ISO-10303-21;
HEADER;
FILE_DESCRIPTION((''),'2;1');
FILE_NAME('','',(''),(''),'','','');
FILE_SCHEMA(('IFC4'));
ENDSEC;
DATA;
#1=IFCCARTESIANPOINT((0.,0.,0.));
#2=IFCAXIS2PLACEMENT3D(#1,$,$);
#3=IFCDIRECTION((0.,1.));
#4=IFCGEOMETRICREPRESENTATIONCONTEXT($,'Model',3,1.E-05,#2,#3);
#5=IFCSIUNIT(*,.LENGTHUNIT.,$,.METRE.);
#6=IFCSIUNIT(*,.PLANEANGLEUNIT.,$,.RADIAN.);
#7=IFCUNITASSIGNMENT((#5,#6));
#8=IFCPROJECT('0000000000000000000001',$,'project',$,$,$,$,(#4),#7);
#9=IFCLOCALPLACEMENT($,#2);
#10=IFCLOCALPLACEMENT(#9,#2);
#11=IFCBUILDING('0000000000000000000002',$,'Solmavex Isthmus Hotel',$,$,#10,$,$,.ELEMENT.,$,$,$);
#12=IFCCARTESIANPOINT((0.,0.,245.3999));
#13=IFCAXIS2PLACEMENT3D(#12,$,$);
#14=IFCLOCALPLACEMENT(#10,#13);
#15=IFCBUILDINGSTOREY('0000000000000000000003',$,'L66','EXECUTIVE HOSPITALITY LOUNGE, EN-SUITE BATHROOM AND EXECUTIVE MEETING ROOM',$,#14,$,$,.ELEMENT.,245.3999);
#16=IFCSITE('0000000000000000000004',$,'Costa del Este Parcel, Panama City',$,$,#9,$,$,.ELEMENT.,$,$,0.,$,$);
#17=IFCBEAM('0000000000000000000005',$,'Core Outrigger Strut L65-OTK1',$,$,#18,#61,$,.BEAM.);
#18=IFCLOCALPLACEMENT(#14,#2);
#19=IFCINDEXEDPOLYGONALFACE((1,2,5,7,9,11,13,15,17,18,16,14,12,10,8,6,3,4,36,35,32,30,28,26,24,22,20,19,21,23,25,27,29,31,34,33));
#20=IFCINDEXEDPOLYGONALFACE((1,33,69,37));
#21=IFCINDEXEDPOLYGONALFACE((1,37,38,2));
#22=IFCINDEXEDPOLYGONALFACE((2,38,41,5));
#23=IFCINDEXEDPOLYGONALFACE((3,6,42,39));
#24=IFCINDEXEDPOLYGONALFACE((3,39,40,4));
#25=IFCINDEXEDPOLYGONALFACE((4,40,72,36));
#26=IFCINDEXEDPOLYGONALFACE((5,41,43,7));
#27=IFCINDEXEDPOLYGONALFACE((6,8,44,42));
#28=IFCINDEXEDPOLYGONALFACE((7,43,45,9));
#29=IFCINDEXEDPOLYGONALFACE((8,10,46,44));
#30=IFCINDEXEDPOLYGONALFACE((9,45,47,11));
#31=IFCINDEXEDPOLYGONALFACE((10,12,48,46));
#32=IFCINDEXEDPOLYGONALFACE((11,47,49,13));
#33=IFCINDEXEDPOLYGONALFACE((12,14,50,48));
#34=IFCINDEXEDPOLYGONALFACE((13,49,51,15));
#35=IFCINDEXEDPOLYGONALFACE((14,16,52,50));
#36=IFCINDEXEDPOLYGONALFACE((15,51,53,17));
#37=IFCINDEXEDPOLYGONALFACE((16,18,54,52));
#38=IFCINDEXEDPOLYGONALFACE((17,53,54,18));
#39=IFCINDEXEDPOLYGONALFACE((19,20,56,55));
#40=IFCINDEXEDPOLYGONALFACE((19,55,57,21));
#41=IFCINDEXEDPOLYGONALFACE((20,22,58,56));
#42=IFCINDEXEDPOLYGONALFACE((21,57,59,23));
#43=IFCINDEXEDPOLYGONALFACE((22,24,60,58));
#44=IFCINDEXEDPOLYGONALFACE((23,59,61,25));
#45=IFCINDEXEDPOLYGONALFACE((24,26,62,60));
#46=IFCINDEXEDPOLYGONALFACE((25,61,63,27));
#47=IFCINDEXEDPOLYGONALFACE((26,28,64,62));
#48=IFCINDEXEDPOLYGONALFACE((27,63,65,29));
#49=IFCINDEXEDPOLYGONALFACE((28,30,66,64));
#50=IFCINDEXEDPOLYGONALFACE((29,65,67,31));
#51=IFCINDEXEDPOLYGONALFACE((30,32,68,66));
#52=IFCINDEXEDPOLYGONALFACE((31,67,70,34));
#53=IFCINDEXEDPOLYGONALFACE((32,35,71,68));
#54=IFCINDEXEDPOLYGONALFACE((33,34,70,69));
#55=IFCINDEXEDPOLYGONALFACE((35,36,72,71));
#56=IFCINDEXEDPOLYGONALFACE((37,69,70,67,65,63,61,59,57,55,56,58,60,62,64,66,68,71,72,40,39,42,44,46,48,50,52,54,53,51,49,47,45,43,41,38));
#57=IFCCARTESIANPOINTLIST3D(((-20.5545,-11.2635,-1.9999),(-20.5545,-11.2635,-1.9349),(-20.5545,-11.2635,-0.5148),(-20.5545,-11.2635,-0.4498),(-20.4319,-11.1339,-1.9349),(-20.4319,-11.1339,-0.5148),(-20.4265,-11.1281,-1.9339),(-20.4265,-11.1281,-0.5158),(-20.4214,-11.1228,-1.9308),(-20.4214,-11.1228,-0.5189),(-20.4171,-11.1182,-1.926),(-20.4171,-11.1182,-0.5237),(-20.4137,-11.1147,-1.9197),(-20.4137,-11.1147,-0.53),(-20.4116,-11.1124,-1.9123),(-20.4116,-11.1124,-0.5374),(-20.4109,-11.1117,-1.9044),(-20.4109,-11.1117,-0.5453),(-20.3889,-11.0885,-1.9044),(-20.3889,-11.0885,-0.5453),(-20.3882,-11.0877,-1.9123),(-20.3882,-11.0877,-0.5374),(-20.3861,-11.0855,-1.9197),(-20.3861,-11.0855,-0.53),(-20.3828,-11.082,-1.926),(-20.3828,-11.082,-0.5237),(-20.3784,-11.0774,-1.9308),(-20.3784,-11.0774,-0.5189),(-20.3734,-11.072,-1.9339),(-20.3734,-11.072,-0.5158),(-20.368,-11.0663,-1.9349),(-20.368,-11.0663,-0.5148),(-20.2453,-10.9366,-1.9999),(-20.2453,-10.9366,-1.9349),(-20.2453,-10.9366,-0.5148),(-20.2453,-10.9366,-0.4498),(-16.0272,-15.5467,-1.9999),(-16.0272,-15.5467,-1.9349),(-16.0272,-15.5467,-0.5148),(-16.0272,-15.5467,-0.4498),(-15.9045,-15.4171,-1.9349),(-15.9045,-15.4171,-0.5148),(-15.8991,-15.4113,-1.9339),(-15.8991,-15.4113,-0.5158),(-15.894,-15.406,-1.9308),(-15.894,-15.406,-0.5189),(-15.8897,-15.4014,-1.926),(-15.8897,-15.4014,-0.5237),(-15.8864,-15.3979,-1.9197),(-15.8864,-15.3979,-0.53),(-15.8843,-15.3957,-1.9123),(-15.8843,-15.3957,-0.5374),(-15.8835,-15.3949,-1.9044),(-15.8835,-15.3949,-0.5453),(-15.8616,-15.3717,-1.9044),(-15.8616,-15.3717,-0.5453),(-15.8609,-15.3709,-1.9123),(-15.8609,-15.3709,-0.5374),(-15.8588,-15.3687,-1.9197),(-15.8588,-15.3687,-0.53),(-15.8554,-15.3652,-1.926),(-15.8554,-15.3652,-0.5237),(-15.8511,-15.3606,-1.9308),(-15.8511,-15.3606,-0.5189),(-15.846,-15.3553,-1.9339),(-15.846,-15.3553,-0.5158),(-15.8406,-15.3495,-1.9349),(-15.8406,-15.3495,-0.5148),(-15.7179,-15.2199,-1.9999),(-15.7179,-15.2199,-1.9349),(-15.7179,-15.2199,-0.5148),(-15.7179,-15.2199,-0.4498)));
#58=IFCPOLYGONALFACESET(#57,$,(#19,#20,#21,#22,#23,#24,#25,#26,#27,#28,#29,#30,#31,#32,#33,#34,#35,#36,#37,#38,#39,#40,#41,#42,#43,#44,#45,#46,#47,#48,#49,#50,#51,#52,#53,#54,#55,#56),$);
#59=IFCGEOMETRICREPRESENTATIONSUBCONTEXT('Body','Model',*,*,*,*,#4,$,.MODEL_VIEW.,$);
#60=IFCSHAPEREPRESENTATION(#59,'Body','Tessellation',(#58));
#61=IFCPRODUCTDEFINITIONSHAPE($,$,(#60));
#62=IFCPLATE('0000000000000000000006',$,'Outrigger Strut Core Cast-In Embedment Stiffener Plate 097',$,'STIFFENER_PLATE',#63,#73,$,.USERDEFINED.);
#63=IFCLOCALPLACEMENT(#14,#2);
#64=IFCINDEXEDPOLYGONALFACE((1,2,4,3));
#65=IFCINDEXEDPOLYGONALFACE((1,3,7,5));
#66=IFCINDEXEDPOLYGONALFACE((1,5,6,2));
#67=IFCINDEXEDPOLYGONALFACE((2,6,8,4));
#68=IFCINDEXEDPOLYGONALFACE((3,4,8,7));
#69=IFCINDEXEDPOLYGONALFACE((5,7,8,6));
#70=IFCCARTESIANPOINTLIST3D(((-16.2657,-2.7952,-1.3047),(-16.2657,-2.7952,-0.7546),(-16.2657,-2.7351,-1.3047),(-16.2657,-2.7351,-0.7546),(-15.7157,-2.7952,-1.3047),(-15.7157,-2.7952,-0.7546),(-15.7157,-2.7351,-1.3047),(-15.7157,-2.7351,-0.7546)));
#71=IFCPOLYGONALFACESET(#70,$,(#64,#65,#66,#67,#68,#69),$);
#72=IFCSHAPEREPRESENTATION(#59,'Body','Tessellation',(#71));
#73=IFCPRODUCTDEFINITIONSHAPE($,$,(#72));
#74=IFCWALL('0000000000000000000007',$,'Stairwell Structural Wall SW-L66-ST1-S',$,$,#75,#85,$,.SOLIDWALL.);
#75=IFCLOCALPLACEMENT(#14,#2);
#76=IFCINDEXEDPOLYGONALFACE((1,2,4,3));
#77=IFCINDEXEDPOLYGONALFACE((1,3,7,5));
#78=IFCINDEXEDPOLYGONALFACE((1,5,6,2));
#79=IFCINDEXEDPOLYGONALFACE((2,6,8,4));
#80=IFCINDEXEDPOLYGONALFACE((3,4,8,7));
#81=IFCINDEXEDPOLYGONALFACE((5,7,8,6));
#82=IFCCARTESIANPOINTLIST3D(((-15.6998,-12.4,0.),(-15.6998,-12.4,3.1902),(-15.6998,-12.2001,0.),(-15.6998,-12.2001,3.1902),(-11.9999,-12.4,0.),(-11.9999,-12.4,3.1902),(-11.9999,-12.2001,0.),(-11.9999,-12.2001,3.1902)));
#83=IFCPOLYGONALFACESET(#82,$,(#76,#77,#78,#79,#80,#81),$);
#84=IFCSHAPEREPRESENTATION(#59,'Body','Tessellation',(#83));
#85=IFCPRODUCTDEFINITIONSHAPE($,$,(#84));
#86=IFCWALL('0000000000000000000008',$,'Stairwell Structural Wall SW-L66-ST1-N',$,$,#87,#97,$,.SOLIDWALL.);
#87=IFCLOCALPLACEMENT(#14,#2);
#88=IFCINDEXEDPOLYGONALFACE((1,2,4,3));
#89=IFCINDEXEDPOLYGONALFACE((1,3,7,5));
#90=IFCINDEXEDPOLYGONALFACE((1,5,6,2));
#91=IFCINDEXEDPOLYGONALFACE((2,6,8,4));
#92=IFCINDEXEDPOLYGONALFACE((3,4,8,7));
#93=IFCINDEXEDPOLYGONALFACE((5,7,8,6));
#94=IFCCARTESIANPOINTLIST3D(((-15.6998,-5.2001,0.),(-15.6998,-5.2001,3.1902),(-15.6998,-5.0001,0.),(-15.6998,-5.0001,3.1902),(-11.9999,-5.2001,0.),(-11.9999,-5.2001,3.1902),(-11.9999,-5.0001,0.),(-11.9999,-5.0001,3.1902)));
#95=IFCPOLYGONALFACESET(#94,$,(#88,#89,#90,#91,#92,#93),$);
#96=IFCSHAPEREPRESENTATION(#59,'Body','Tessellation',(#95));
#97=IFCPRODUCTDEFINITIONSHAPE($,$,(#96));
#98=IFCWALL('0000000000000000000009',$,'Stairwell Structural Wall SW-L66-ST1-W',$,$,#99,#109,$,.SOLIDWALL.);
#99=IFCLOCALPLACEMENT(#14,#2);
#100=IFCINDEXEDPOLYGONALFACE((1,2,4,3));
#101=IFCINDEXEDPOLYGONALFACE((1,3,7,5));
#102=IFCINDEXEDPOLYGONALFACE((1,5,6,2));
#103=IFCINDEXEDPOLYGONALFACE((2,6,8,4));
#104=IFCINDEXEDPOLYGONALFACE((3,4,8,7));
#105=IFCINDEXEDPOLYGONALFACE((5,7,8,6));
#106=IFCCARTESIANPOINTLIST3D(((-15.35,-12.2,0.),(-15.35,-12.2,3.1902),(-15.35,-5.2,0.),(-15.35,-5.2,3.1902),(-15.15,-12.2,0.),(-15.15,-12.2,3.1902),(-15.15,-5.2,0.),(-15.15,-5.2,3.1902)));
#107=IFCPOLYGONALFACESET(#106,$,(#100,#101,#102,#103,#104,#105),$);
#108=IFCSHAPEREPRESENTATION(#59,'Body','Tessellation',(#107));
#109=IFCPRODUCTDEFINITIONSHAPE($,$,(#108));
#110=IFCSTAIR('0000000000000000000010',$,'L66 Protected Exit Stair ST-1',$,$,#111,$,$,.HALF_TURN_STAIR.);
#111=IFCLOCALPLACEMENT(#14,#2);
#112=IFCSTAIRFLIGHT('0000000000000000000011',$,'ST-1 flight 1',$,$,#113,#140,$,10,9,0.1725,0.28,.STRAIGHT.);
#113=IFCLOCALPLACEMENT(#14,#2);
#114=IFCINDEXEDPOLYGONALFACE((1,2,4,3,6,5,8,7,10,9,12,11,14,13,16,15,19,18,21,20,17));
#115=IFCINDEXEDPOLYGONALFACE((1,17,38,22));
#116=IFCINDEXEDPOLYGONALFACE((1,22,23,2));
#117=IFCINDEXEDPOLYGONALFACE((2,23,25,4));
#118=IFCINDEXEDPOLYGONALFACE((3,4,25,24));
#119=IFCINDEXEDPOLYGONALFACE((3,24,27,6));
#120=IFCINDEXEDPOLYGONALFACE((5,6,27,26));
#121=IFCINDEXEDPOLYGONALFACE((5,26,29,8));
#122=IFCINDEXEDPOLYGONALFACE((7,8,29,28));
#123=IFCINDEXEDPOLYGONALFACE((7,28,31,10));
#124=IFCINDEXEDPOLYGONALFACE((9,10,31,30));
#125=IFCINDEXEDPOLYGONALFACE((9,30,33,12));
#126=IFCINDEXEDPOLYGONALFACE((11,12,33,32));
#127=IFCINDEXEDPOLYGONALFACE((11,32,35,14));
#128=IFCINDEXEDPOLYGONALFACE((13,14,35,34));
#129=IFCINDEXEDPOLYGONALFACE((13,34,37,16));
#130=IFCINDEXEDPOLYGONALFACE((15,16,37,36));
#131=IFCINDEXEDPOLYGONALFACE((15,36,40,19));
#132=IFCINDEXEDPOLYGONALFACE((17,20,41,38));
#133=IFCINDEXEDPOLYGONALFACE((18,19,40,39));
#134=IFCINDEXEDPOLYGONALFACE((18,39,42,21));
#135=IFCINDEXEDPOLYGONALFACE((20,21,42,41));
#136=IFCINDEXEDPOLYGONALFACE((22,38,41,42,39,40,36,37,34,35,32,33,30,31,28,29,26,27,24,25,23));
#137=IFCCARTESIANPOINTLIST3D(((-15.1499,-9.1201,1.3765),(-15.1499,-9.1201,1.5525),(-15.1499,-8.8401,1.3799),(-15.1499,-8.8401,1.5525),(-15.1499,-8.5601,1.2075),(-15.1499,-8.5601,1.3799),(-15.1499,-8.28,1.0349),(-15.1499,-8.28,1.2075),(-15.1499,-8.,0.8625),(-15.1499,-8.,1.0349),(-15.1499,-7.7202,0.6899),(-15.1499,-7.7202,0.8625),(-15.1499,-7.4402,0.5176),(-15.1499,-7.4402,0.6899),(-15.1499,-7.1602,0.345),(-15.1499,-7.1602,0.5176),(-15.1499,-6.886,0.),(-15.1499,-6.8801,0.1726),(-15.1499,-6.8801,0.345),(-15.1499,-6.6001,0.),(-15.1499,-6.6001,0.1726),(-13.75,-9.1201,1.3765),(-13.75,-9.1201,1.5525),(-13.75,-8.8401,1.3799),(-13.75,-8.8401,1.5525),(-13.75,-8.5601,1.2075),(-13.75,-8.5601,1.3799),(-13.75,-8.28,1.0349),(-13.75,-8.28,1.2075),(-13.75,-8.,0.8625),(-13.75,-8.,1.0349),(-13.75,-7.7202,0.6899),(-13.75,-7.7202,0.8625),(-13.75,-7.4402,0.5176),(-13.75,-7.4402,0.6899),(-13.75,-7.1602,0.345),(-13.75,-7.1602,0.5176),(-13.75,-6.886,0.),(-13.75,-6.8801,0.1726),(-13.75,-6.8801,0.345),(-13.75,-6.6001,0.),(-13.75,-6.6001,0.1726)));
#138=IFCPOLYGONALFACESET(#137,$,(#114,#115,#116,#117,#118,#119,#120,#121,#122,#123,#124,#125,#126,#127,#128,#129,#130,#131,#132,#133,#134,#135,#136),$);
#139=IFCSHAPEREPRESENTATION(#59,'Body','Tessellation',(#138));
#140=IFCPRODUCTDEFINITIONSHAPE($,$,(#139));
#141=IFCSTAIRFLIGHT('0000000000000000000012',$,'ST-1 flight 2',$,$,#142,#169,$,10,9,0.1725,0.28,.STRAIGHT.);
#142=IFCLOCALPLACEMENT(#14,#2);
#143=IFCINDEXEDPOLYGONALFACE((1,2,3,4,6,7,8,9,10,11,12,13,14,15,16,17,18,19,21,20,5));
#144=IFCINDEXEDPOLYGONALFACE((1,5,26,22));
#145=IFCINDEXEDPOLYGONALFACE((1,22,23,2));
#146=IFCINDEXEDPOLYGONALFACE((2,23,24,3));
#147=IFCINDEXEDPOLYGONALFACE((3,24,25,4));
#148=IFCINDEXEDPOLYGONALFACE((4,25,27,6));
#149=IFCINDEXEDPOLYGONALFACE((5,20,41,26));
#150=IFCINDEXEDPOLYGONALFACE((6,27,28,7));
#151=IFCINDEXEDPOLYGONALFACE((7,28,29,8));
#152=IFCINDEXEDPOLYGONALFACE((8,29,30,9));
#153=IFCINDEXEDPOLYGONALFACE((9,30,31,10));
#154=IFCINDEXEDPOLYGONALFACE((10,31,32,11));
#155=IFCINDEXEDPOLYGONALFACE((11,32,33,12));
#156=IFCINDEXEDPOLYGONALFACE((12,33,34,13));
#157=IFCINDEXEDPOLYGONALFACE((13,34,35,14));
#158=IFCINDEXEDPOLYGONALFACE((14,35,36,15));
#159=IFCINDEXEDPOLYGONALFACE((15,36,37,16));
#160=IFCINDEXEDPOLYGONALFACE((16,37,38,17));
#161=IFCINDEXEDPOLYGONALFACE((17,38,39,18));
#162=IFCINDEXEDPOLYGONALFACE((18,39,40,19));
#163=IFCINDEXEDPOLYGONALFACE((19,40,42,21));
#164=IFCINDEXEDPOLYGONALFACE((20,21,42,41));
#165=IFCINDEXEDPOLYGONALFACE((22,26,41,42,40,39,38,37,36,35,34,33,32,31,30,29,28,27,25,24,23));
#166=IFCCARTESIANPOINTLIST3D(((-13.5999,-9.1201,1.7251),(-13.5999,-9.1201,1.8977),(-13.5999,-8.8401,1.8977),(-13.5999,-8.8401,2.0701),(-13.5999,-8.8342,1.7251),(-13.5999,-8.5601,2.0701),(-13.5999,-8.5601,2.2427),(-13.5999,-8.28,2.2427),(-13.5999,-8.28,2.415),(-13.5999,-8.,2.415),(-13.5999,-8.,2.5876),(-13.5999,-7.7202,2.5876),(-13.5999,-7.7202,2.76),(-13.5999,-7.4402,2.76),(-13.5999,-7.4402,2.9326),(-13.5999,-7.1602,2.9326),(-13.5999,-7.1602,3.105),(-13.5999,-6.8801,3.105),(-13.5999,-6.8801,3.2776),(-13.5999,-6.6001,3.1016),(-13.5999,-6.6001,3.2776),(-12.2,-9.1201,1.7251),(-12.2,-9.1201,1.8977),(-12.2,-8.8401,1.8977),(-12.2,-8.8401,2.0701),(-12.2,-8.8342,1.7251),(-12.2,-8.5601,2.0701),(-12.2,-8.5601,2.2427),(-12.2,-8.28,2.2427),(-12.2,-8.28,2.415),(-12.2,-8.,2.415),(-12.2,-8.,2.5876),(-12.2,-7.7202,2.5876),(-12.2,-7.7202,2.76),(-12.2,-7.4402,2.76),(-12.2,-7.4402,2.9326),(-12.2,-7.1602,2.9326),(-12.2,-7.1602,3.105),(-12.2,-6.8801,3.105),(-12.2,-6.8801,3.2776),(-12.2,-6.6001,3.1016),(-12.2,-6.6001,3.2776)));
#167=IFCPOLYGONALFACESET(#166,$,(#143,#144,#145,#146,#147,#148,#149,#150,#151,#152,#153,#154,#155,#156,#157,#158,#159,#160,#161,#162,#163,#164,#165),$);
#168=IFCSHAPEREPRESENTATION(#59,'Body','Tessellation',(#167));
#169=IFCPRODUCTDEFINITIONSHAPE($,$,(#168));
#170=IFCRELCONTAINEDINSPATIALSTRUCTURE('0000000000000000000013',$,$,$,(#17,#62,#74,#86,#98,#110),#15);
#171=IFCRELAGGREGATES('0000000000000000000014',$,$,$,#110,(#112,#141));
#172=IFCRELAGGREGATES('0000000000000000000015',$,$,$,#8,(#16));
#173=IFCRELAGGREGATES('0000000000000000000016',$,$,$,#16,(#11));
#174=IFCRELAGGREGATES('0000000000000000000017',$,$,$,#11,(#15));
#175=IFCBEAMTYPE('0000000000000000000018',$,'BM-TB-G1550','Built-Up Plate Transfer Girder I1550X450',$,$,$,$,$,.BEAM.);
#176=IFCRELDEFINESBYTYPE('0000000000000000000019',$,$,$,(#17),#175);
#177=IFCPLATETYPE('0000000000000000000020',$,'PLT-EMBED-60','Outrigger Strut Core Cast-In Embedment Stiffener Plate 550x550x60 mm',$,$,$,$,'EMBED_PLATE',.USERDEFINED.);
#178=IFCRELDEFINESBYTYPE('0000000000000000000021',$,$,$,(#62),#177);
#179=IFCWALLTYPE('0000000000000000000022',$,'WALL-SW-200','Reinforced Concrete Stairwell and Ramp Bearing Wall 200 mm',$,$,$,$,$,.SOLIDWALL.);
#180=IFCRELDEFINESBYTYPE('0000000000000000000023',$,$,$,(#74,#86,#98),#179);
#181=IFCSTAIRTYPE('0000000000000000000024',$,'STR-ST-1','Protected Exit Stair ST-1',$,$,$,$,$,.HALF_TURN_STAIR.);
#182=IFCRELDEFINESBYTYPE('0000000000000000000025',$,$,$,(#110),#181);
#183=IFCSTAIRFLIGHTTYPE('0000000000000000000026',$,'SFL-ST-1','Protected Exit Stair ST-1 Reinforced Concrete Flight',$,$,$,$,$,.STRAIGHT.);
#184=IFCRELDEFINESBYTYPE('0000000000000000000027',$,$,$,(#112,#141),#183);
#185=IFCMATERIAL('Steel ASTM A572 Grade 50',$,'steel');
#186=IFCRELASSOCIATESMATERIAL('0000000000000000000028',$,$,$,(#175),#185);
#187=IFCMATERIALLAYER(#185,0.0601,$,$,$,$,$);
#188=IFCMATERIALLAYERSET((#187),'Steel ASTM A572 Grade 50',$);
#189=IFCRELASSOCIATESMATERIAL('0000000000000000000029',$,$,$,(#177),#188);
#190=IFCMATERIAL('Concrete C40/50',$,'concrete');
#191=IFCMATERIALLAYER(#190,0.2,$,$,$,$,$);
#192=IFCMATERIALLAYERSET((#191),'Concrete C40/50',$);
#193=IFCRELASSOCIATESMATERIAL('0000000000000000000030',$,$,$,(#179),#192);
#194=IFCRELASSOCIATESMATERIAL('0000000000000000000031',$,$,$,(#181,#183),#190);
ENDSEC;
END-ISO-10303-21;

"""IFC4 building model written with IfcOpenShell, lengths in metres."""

from ifc_helpers import new_model, si_unit, direction, frame, frame_2d, origin, origin_2d, place, context, subcontext, project, spatial, polyline, rectangle, i_section, outline, extrude, material, layer, layer_set, material_profile, profile_set, type_object, element, aggregate, save


model = new_model("IFC4")

# Units and contexts
model_context = context("Model", 3, precision=1e-05, world=origin(), true_north=direction((0.0, 1.0)))
body_context = subcontext(model_context, "Body", "Model", "MODEL_VIEW")
ifc_project = project(units=[si_unit("LENGTHUNIT", "METRE"), si_unit("PLANEANGLEUNIT", "RADIAN")], contexts=[model_context])

# Site, building, storey
site_placement = place(None, origin())
site = spatial("IfcSite", under=ifc_project, at=site_placement, Name="Costa del Este Parcel, Panama City", CompositionType="ELEMENT", RefElevation=0.0)
building_placement = place(site_placement, origin())
building = spatial("IfcBuilding", under=site, at=building_placement, Name="Solmavex Isthmus Hotel", CompositionType="ELEMENT")
storey_placement = place(building_placement, frame((0.0, 0.0, 245.3999)))
storey = spatial("IfcBuildingStorey", under=building, at=storey_placement, Name="L66", Description="EXECUTIVE HOSPITALITY LOUNGE, EN-SUITE BATHROOM AND EXECUTIVE MEETING ROOM", CompositionType="ELEMENT", Elevation=245.3999)

# Beam
ifc_material_1 = material(Name="Steel ASTM A572 Grade 50", Category="steel")
ifc_material_profile = material_profile(ifc_material_1, i_section(OverallWidth=0.45, OverallDepth=1.55, WebThickness=0.032, FlangeThickness=0.0649, FilletRadius=0.0305, at=origin_2d()), Name="I1550X450")
ifc_profile_set = profile_set([ifc_material_profile], Name="Steel ASTM A572 Grade 50")
beam_type = type_object("IfcBeamType", Name="BM-TB-G1550", Description="Built-Up Plate Transfer Girder I1550X450", PredefinedType="BEAM", material=ifc_profile_set)
beam_placement = place(storey_placement, frame((-15.8726, -15.3833, -1.2249), z_axis=(-0.726422, 0.687249, 0.0), x_axis=(-0.687249, -0.726422, 0.0)))
element("IfcBeam", 1, at=beam_placement, inside=storey, type_object=beam_type, Name="Core Outrigger Strut L65-OTK1", PredefinedType="BEAM", context=body_context, shape_type="SweptSolid", body=[
    extrude(i_section(OverallWidth=0.45, OverallDepth=1.55, WebThickness=0.032, FlangeThickness=0.0649, FilletRadius=0.0305, at=origin_2d()), origin(), (0.0, 0.0, 1.0), 6.2324),
])

# Plate
ifc_layer_1 = layer(ifc_material_1, 0.0601)
ifc_layer_set_1 = layer_set([ifc_layer_1], Name="Steel ASTM A572 Grade 50")
plate_type = type_object("IfcPlateType", Name="PLT-EMBED-60", Description="Outrigger Strut Core Cast-In Embedment Stiffener Plate 550x550x60 mm", ElementType="EMBED_PLATE", PredefinedType="USERDEFINED", material=ifc_layer_set_1)
plate_placement = place(storey_placement, frame((-15.9907, -2.7651, -1.3047), z_axis=(0.0, 0.0, 1.0), x_axis=(1.0, 0.0, 0.0)))
element("IfcPlate", 2, at=plate_placement, inside=storey, type_object=plate_type, Name="Outrigger Strut Core Cast-In Embedment Stiffener Plate 097", ObjectType="STIFFENER_PLATE", PredefinedType="USERDEFINED", context=body_context, shape_type="SweptSolid", body=[
    extrude(rectangle(XDim=0.55, YDim=0.0601, at=origin_2d()), origin(), (0.0, 0.0, 1.0), 0.55),
])

# Walls
ifc_material_2 = material(Name="Concrete C40/50", Category="concrete")
ifc_layer_2 = layer(ifc_material_2, 0.2)
ifc_layer_set_2 = layer_set([ifc_layer_2], Name="Concrete C40/50")
wall_type = type_object("IfcWallType", Name="WALL-SW-200", Description="Reinforced Concrete Stairwell and Ramp Bearing Wall 200 mm", PredefinedType="SOLIDWALL", material=ifc_layer_set_2)
for number, where, z_axis, x_axis, name in (
    (3, (-15.7, -12.3, 0.0), (0.0, 0.0, 1.0), (1.0, 0.0, 0.0), "Stairwell Structural Wall SW-L66-ST1-S"),
    (4, (-15.7, -5.1001, 0.0), (0.0, 0.0, 1.0), (1.0, 0.0, 0.0), "Stairwell Structural Wall SW-L66-ST1-N"),
):
    element("IfcWall", number, at=place(storey_placement, frame(where, z_axis=z_axis, x_axis=x_axis)), inside=storey, type_object=wall_type, Name=name, PredefinedType="SOLIDWALL", context=body_context, shape_type="SweptSolid", body=[
        extrude(rectangle(XDim=3.7, YDim=0.2, at=frame_2d((1.8501, 0.0))), origin(), (0.0, 0.0, 1.0), 3.1902),
    ])
wall_placement = place(storey_placement, frame((-15.25, -12.2, 0.0), z_axis=(0.0, 0.0, 1.0), x_axis=(0.0, 1.0, 0.0)))
element("IfcWall", 5, at=wall_placement, inside=storey, type_object=wall_type, Name="Stairwell Structural Wall SW-L66-ST1-W", PredefinedType="SOLIDWALL", context=body_context, shape_type="SweptSolid", body=[
    extrude(rectangle(XDim=7.0, YDim=0.2, at=frame_2d((3.5, 0.0))), origin(), (0.0, 0.0, 1.0), 3.1902),
])

# Stair, stair flights
stair_type = type_object("IfcStairType", Name="STR-ST-1", Description="Protected Exit Stair ST-1", PredefinedType="HALF_TURN_STAIR", material=ifc_material_2)
stair_placement = place(storey_placement, origin())
stair = element("IfcStair", 6, at=stair_placement, inside=storey, type_object=stair_type, Name="L66 Protected Exit Stair ST-1", PredefinedType="HALF_TURN_STAIR")
stair_flight_type = type_object("IfcStairFlightType", Name="SFL-ST-1", Description="Protected Exit Stair ST-1 Reinforced Concrete Flight", PredefinedType="STRAIGHT", material=ifc_material_2)
stair_flight_1_placement = place(storey_placement, frame((-14.45, -6.6001, 0.0), z_axis=(0.0, 0.0, 1.0), x_axis=(0.0, -1.0, 0.0)))
stair_flight_1 = element("IfcStairFlight", 7, at=stair_flight_1_placement, type_object=stair_flight_type, Name="ST-1 flight 1", NumberOfRisers=10, NumberOfTreads=9, PredefinedType="STRAIGHT", RiserHeight=0.1725, TreadLength=0.28, context=body_context, shape_type="SweptSolid", body=[
    extrude(outline(polyline([(0.0, 0.0), (0.0, 0.1726), (0.28, 0.1726), (0.28, 0.345), (0.5601, 0.345), (0.5601, 0.5176), (0.8401, 0.5176), (0.8401, 0.6899), (1.1201, 0.6899), (1.1201, 0.8625), (1.3999, 0.8625), (1.3999, 1.0349), (1.6799, 1.0349), (1.6799, 1.2075), (1.96, 1.2075), (1.96, 1.3799), (2.24, 1.3799), (2.24, 1.5525), (2.52, 1.5525), (2.52, 1.7251), (2.52, 1.3765), (0.2859, 0.0), (0.0, 0.0)])), frame((0.0, 0.7, 0.0), z_axis=(0.0, -1.0, 0.0), x_axis=(1.0, 0.0, 0.0)), (0.0, 0.0, 1.0), 1.3999),
])
stair_flight_2_placement = place(storey_placement, frame((-12.8999, -9.1201, 1.7251), z_axis=(0.0, 0.0, 1.0), x_axis=(0.0, 1.0, 0.0)))
stair_flight_2 = element("IfcStairFlight", 8, at=stair_flight_2_placement, type_object=stair_flight_type, Name="ST-1 flight 2", NumberOfRisers=10, NumberOfTreads=9, PredefinedType="STRAIGHT", RiserHeight=0.1725, TreadLength=0.28, context=body_context, shape_type="SweptSolid", body=[
    extrude(outline(polyline([(0.0, 0.0), (0.0, 0.1726), (0.28, 0.1726), (0.28, 0.345), (0.5601, 0.345), (0.5601, 0.5176), (0.8401, 0.5176), (0.8401, 0.6899), (1.1201, 0.6899), (1.1201, 0.8625), (1.3999, 0.8625), (1.3999, 1.0349), (1.6799, 1.0349), (1.6799, 1.2075), (1.96, 1.2075), (1.96, 1.3799), (2.24, 1.3799), (2.24, 1.5525), (2.52, 1.5525), (2.52, 1.7251), (2.52, 1.3765), (0.2859, 0.0), (0.0, 0.0)])), frame((0.0, 0.7, 0.0), z_axis=(0.0, -1.0, 0.0), x_axis=(1.0, 0.0, 0.0)), (0.0, 0.0, 1.0), 1.3999),
])
aggregate(stair, [stair_flight_1, stair_flight_2])

save(model, "model.ifc")
